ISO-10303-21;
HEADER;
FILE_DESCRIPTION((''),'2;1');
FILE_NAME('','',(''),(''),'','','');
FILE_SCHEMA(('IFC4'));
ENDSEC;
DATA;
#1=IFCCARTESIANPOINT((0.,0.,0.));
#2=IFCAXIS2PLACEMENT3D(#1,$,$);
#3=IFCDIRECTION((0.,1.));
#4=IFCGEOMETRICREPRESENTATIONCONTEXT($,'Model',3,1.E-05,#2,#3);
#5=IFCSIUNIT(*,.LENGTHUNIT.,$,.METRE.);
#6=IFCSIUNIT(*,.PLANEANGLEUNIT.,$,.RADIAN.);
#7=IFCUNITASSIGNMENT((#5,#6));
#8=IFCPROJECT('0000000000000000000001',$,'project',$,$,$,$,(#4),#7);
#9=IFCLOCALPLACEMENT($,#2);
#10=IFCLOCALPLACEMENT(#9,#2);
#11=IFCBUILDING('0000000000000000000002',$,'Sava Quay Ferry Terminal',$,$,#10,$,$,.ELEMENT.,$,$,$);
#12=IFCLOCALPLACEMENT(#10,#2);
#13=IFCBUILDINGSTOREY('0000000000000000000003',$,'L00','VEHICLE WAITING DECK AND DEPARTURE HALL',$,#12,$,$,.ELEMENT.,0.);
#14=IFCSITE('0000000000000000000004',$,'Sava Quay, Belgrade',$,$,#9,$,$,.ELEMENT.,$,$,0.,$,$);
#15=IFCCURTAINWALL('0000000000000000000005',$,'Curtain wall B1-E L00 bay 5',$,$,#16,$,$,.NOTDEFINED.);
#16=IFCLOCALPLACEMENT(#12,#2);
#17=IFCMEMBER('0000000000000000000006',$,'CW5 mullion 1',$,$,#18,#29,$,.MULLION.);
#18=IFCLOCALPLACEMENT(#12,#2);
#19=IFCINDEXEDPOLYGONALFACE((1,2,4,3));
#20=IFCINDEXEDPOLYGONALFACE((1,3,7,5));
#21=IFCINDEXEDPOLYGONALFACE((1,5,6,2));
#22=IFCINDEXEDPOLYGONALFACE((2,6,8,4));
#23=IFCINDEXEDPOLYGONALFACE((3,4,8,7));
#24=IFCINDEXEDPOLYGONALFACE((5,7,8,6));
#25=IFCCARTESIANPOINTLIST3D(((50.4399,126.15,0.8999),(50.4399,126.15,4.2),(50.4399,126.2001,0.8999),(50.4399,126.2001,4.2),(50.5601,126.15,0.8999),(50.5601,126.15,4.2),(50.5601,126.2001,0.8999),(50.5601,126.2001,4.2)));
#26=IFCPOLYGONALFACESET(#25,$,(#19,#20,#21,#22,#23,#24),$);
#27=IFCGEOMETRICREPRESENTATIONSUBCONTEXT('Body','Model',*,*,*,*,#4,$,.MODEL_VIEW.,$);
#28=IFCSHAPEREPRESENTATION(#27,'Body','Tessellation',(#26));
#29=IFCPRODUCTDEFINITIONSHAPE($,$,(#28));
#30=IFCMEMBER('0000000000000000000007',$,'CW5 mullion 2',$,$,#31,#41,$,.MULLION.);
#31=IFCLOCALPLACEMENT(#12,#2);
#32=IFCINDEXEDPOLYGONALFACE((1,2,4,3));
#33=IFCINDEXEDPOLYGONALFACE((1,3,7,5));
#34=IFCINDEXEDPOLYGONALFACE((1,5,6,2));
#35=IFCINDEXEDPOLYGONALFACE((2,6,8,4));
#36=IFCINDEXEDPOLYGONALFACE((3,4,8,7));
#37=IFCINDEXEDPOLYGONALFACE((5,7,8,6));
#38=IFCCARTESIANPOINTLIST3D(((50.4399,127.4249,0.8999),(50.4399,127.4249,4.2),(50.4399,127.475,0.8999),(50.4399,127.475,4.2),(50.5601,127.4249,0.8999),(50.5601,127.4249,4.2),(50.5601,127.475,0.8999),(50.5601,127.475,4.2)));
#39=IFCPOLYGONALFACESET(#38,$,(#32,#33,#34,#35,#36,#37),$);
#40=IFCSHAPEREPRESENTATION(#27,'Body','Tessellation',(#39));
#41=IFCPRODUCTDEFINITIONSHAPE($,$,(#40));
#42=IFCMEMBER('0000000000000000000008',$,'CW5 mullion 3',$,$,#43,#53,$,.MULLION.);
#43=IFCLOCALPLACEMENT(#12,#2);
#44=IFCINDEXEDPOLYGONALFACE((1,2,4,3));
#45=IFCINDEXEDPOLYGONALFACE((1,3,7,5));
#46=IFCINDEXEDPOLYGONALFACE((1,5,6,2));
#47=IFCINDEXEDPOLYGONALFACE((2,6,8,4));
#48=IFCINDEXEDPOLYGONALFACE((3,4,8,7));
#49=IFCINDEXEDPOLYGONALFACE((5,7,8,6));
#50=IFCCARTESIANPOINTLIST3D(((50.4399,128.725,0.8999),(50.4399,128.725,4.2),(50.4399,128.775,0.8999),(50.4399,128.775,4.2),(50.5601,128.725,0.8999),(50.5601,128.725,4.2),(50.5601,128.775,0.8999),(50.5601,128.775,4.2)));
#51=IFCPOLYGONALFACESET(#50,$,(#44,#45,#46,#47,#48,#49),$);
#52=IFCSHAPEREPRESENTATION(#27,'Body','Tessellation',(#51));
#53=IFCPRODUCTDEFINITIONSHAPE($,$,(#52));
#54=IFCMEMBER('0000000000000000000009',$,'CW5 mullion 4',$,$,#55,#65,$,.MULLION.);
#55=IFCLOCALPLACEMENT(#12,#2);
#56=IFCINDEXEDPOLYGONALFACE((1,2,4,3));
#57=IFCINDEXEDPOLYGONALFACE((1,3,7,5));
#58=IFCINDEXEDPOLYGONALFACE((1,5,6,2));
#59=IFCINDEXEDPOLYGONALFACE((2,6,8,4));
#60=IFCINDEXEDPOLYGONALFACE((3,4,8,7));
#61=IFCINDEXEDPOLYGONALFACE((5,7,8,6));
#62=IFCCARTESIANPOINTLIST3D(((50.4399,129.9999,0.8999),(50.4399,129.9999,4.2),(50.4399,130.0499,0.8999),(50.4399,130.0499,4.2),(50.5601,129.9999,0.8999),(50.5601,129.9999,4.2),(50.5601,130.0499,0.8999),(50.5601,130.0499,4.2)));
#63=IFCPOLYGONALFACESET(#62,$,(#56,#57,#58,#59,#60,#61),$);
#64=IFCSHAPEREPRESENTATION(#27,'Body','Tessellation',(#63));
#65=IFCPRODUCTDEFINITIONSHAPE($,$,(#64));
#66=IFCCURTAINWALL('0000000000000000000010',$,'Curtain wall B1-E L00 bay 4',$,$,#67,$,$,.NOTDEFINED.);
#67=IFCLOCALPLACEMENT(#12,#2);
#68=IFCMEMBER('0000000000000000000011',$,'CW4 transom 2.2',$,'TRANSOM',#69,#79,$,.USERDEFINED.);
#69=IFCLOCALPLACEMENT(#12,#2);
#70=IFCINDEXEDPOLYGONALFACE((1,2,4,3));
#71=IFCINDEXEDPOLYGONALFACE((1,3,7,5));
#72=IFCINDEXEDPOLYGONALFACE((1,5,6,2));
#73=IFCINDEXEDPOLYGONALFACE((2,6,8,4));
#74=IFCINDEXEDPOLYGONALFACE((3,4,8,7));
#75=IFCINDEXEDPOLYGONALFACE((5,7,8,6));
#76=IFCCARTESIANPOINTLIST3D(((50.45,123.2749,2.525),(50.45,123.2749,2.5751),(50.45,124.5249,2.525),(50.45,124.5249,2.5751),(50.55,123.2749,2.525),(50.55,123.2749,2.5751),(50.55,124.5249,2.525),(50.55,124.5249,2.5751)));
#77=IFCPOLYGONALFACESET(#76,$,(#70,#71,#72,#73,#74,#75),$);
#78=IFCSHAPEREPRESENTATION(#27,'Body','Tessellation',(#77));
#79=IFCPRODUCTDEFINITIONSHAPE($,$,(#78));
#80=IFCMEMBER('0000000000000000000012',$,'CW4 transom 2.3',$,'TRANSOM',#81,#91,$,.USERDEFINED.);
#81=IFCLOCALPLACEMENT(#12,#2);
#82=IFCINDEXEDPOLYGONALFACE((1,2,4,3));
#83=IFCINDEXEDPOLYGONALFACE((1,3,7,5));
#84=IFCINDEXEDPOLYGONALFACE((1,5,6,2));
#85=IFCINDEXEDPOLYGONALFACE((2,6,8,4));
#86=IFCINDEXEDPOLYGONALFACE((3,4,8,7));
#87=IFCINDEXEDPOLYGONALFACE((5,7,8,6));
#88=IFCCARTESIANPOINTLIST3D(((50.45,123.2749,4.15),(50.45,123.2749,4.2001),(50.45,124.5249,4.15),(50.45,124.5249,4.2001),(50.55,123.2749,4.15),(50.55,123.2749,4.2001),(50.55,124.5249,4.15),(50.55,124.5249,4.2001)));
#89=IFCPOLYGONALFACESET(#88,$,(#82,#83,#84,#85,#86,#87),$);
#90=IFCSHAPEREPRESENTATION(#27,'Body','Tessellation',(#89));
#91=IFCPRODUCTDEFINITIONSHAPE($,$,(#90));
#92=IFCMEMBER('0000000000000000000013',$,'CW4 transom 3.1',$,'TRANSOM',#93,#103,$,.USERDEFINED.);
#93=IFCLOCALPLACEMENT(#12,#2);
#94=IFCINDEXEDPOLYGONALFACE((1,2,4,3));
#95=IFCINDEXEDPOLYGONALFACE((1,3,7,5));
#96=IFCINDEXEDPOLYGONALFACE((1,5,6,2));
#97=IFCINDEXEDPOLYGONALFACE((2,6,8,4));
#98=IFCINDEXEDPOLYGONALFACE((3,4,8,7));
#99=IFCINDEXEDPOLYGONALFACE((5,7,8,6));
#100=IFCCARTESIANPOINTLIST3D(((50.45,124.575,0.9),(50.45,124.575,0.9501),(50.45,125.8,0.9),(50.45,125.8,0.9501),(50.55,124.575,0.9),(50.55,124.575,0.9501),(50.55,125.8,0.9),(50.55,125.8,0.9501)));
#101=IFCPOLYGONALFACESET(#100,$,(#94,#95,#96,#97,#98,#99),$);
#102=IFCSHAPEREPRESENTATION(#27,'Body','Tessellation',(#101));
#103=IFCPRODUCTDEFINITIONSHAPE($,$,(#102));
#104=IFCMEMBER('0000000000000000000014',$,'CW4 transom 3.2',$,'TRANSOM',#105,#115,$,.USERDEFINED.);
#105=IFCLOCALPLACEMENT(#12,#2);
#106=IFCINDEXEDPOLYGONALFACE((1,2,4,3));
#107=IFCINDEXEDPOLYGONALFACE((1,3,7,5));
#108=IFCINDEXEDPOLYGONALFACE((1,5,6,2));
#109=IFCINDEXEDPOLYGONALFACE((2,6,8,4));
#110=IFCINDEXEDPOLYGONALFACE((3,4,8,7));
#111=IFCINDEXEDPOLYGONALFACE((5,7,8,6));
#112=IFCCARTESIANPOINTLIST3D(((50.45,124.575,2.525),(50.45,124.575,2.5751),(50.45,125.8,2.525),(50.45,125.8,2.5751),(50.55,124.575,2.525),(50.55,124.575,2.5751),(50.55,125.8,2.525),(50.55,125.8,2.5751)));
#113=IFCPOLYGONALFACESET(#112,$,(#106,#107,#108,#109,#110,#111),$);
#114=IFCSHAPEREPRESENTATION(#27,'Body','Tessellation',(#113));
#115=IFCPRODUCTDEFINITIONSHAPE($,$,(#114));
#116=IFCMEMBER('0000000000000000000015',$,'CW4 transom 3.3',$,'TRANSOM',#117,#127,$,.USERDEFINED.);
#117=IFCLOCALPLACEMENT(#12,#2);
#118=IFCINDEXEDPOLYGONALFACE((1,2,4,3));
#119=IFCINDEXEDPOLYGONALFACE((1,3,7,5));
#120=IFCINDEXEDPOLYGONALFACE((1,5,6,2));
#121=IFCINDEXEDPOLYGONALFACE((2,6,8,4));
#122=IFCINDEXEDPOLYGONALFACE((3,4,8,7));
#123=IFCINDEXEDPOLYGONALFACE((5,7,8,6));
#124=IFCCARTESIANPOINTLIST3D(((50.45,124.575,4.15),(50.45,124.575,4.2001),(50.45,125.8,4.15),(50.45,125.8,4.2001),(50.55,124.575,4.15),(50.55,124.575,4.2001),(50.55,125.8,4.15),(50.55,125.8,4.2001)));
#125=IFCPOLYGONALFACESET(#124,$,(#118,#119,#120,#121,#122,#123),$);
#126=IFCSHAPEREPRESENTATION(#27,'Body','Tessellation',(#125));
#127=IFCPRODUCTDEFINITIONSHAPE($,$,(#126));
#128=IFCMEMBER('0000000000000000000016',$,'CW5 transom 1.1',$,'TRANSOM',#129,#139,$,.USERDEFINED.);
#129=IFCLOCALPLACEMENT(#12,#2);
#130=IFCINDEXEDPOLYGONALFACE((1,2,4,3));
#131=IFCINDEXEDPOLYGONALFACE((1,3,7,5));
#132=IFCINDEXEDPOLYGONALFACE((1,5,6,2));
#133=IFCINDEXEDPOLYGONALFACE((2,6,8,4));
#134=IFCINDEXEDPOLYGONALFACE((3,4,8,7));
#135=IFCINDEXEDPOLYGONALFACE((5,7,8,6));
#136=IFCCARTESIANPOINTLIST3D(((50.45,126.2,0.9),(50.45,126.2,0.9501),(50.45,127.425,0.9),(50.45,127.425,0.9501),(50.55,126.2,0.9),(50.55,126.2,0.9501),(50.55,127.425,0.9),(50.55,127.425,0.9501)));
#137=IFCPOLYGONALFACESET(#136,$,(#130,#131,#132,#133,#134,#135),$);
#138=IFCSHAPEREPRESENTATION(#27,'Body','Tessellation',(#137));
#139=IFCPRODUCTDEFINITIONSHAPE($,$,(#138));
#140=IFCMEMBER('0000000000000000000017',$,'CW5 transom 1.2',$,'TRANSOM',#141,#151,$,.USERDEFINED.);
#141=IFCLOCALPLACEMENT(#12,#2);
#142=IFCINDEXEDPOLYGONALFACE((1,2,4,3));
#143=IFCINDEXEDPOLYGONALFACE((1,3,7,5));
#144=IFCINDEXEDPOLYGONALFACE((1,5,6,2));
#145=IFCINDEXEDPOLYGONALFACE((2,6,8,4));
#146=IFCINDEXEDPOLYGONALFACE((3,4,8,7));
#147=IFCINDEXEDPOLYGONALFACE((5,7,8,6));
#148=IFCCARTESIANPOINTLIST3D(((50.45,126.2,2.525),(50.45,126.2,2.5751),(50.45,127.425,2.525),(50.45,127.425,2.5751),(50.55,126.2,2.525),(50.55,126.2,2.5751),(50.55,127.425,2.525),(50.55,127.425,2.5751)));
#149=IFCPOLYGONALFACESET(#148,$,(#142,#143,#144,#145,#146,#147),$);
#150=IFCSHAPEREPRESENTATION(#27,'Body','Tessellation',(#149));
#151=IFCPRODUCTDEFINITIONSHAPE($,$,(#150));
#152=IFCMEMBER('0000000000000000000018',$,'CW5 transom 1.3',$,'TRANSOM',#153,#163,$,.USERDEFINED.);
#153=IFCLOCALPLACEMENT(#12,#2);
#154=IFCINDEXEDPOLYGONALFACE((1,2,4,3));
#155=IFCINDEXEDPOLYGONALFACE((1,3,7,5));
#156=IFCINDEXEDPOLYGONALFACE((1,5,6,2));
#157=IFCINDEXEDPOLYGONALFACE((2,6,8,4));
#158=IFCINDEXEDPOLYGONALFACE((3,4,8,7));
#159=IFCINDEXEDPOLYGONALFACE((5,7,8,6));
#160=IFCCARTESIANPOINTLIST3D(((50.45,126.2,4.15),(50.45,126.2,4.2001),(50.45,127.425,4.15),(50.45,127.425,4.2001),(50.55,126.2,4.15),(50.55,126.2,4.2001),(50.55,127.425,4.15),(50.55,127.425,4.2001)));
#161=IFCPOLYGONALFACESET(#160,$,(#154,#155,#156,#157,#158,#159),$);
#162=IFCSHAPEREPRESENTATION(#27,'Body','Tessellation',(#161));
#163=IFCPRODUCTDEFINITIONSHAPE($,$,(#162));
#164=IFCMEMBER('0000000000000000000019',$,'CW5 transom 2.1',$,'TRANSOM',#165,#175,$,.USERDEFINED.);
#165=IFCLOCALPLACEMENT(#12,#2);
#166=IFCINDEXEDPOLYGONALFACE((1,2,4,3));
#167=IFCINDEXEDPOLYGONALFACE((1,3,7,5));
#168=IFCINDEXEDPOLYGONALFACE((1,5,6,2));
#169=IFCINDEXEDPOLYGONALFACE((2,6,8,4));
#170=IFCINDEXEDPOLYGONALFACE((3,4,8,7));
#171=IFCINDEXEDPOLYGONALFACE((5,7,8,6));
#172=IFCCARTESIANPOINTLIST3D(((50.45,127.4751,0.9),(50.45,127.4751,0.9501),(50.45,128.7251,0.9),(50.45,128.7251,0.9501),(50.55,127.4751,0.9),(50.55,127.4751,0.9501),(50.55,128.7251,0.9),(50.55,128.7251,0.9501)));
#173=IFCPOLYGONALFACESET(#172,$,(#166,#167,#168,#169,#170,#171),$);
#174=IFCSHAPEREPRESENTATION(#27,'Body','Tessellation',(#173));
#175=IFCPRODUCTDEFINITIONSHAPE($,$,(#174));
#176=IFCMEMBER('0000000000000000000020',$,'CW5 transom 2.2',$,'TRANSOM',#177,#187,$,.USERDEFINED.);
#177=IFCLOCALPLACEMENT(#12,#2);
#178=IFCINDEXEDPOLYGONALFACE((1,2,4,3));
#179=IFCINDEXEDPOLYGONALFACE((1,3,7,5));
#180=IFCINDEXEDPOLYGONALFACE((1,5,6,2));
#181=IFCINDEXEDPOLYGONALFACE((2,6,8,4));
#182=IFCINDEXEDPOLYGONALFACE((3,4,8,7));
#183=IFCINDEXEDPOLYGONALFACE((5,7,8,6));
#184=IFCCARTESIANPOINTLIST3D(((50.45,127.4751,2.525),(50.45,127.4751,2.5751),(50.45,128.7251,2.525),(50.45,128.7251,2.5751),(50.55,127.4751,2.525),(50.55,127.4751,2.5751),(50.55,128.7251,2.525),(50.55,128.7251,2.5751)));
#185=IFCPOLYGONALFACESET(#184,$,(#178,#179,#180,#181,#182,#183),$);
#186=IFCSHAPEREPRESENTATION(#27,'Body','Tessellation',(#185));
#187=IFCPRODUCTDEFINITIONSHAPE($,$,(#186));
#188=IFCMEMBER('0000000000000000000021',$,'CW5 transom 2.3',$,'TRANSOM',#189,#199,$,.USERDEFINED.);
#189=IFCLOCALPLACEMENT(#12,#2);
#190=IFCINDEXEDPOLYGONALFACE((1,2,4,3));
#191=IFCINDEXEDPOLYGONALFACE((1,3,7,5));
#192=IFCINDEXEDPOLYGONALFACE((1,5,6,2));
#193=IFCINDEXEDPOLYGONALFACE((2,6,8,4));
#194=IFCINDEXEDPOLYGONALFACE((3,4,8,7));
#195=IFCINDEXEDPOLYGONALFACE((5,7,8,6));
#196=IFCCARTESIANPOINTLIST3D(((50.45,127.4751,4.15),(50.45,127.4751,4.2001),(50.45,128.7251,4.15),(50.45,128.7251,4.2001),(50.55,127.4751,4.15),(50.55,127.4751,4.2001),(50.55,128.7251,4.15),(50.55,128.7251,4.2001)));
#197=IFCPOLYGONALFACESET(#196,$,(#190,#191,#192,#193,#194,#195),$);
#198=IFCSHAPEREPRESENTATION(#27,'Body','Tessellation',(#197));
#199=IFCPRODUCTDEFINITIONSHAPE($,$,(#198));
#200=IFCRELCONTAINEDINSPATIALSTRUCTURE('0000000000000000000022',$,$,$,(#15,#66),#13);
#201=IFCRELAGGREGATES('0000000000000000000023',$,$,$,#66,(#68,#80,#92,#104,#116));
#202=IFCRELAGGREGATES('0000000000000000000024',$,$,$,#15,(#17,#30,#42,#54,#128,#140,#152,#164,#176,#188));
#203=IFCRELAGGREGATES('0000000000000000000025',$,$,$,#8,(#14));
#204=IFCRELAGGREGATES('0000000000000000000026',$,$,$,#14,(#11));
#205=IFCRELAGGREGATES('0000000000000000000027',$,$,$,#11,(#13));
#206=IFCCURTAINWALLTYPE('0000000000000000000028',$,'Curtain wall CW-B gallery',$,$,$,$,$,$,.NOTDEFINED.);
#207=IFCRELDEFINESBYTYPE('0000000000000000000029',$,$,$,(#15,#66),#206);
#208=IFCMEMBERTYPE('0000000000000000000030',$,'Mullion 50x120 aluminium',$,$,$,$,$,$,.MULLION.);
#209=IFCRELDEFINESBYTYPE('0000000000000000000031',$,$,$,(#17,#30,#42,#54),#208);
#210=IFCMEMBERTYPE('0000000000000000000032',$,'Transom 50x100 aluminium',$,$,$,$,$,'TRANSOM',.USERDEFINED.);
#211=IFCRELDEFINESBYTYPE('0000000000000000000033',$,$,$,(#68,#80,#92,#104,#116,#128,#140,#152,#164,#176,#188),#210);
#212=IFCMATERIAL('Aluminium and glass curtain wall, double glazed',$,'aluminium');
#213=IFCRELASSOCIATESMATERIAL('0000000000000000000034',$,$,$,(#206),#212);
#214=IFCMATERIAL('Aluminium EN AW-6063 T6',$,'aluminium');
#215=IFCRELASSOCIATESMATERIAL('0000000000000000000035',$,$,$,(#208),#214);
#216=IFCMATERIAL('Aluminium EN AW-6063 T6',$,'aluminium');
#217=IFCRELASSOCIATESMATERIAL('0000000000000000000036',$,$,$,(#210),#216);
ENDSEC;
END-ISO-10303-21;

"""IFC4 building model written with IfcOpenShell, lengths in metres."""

from ifc_helpers import new_model, si_unit, direction, frame, origin, origin_2d, place, context, subcontext, project, spatial, rectangle, extrude, material, material_profile, profile_set, type_object, element, aggregate, save


model = new_model("IFC4")

# Units and contexts
model_context = context("Model", 3, precision=1e-05, world=origin(), true_north=direction((0.0, 1.0)))
body_context = subcontext(model_context, "Body", "Model", "MODEL_VIEW")
ifc_project = project(units=[si_unit("LENGTHUNIT", "METRE"), si_unit("PLANEANGLEUNIT", "RADIAN")], contexts=[model_context])

# Site, building, storey
site_placement = place(None, origin())
site = spatial("IfcSite", under=ifc_project, at=site_placement, Name="Sava Quay, Belgrade", CompositionType="ELEMENT", RefElevation=0.0)
building_placement = place(site_placement, origin())
building = spatial("IfcBuilding", under=site, at=building_placement, Name="Sava Quay Ferry Terminal", CompositionType="ELEMENT")
storey_placement = place(building_placement, origin())
storey = spatial("IfcBuildingStorey", under=building, at=storey_placement, Name="L00", Description="VEHICLE WAITING DECK AND DEPARTURE HALL", CompositionType="ELEMENT", Elevation=0.0)

# Curtain walls, members
ifc_material_1 = material(Name="Aluminium and glass curtain wall, double glazed", Category="aluminium")
curtain_wall_type = type_object("IfcCurtainWallType", Name="Curtain wall CW-B gallery", PredefinedType="NOTDEFINED", material=ifc_material_1)
curtain_wall_1_placement = place(storey_placement, origin())
curtain_wall_1 = element("IfcCurtainWall", 1, at=curtain_wall_1_placement, inside=storey, type_object=curtain_wall_type, Name="Curtain wall B1-E L00 bay 5", PredefinedType="NOTDEFINED")
ifc_material_2 = material(Name="Aluminium EN AW-6063 T6", Category="aluminium")
ifc_material_profile_1 = material_profile(ifc_material_2, rectangle(XDim=0.1201, YDim=0.05, at=origin_2d()), Name="Mullion 50x120 aluminium")
ifc_profile_set_1 = profile_set([ifc_material_profile_1], Name="Aluminium EN AW-6063 T6")
member_type_1 = type_object("IfcMemberType", Name="Mullion 50x120 aluminium", PredefinedType="MULLION", material=ifc_profile_set_1)
member_1_placement = place(storey_placement, frame((50.5, 126.175, 0.8999), z_axis=(0.0, 0.0, 1.0), x_axis=(-1.0, 0.0, 0.0)))
member_1 = element("IfcMember", 2, at=member_1_placement, type_object=member_type_1, Name="CW5 mullion 1", PredefinedType="MULLION", context=body_context, shape_type="SweptSolid", body=[
    extrude(rectangle(XDim=0.1201, YDim=0.05, at=origin_2d()), origin(), (0.0, 0.0, 1.0), 3.3),
])
member_2_placement = place(storey_placement, frame((50.5, 127.45, 0.8999), z_axis=(0.0, 0.0, 1.0), x_axis=(-1.0, 0.0, 0.0)))
member_2 = element("IfcMember", 3, at=member_2_placement, type_object=member_type_1, Name="CW5 mullion 2", PredefinedType="MULLION", context=body_context, shape_type="SweptSolid", body=[
    extrude(rectangle(XDim=0.1201, YDim=0.05, at=origin_2d()), origin(), (0.0, 0.0, 1.0), 3.3),
])
member_3_placement = place(storey_placement, frame((50.5, 128.75, 0.8999), z_axis=(0.0, 0.0, 1.0), x_axis=(-1.0, 0.0, 0.0)))
member_3 = element("IfcMember", 4, at=member_3_placement, type_object=member_type_1, Name="CW5 mullion 3", PredefinedType="MULLION", context=body_context, shape_type="SweptSolid", body=[
    extrude(rectangle(XDim=0.1201, YDim=0.05, at=origin_2d()), origin(), (0.0, 0.0, 1.0), 3.3),
])
member_4_placement = place(storey_placement, frame((50.5, 130.0249, 0.8999), z_axis=(0.0, 0.0, 1.0), x_axis=(-1.0, 0.0, 0.0)))
member_4 = element("IfcMember", 5, at=member_4_placement, type_object=member_type_1, Name="CW5 mullion 4", PredefinedType="MULLION", context=body_context, shape_type="SweptSolid", body=[
    extrude(rectangle(XDim=0.1201, YDim=0.05, at=origin_2d()), origin(), (0.0, 0.0, 1.0), 3.3),
])
curtain_wall_2_placement = place(storey_placement, origin())
curtain_wall_2 = element("IfcCurtainWall", 6, at=curtain_wall_2_placement, inside=storey, type_object=curtain_wall_type, Name="Curtain wall B1-E L00 bay 4", PredefinedType="NOTDEFINED")
ifc_material_3 = material(Name="Aluminium EN AW-6063 T6", Category="aluminium")
ifc_material_profile_2 = material_profile(ifc_material_3, rectangle(XDim=0.1001, YDim=0.05, at=origin_2d()), Name="Transom 50x100 aluminium")
ifc_profile_set_2 = profile_set([ifc_material_profile_2], Name="Aluminium EN AW-6063 T6")
member_type_2 = type_object("IfcMemberType", Name="Transom 50x100 aluminium", ElementType="TRANSOM", PredefinedType="USERDEFINED", material=ifc_profile_set_2)
member_5_placement = place(storey_placement, frame((50.5, 123.2749, 2.55), z_axis=(0.0, 1.0, 0.0), x_axis=(-1.0, 0.0, 0.0)))
member_5 = element("IfcMember", 7, at=member_5_placement, type_object=member_type_2, Name="CW4 transom 2.2", ObjectType="TRANSOM", PredefinedType="USERDEFINED", context=body_context, shape_type="SweptSolid", body=[
    extrude(rectangle(XDim=0.1001, YDim=0.05, at=origin_2d()), origin(), (0.0, 0.0, 1.0), 1.25),
])
member_6_placement = place(storey_placement, frame((50.5, 123.2749, 4.175), z_axis=(0.0, 1.0, 0.0), x_axis=(-1.0, 0.0, 0.0)))
member_6 = element("IfcMember", 8, at=member_6_placement, type_object=member_type_2, Name="CW4 transom 2.3", ObjectType="TRANSOM", PredefinedType="USERDEFINED", context=body_context, shape_type="SweptSolid", body=[
    extrude(rectangle(XDim=0.1001, YDim=0.05, at=origin_2d()), origin(), (0.0, 0.0, 1.0), 1.25),
])
member_7_placement = place(storey_placement, frame((50.5, 124.575, 0.925), z_axis=(0.0, 1.0, 0.0), x_axis=(-1.0, 0.0, 0.0)))
member_7 = element("IfcMember", 9, at=member_7_placement, type_object=member_type_2, Name="CW4 transom 3.1", ObjectType="TRANSOM", PredefinedType="USERDEFINED", context=body_context, shape_type="SweptSolid", body=[
    extrude(rectangle(XDim=0.1001, YDim=0.05, at=origin_2d()), origin(), (0.0, 0.0, 1.0), 1.2251),
])
member_8_placement = place(storey_placement, frame((50.5, 124.575, 2.55), z_axis=(0.0, 1.0, 0.0), x_axis=(-1.0, 0.0, 0.0)))
member_8 = element("IfcMember", 10, at=member_8_placement, type_object=member_type_2, Name="CW4 transom 3.2", ObjectType="TRANSOM", PredefinedType="USERDEFINED", context=body_context, shape_type="SweptSolid", body=[
    extrude(rectangle(XDim=0.1001, YDim=0.05, at=origin_2d()), origin(), (0.0, 0.0, 1.0), 1.2251),
])
member_9_placement = place(storey_placement, frame((50.5, 124.575, 4.175), z_axis=(0.0, 1.0, 0.0), x_axis=(-1.0, 0.0, 0.0)))
member_9 = element("IfcMember", 11, at=member_9_placement, type_object=member_type_2, Name="CW4 transom 3.3", ObjectType="TRANSOM", PredefinedType="USERDEFINED", context=body_context, shape_type="SweptSolid", body=[
    extrude(rectangle(XDim=0.1001, YDim=0.05, at=origin_2d()), origin(), (0.0, 0.0, 1.0), 1.2251),
])

# Members
member_10_placement = place(storey_placement, frame((50.5, 126.2, 0.925), z_axis=(0.0, 1.0, 0.0), x_axis=(-1.0, 0.0, 0.0)))
member_10 = element("IfcMember", 12, at=member_10_placement, type_object=member_type_2, Name="CW5 transom 1.1", ObjectType="TRANSOM", PredefinedType="USERDEFINED", context=body_context, shape_type="SweptSolid", body=[
    extrude(rectangle(XDim=0.1001, YDim=0.05, at=origin_2d()), origin(), (0.0, 0.0, 1.0), 1.2251),
])
member_11_placement = place(storey_placement, frame((50.5, 126.2, 2.55), z_axis=(0.0, 1.0, 0.0), x_axis=(-1.0, 0.0, 0.0)))
member_11 = element("IfcMember", 13, at=member_11_placement, type_object=member_type_2, Name="CW5 transom 1.2", ObjectType="TRANSOM", PredefinedType="USERDEFINED", context=body_context, shape_type="SweptSolid", body=[
    extrude(rectangle(XDim=0.1001, YDim=0.05, at=origin_2d()), origin(), (0.0, 0.0, 1.0), 1.2251),
])
member_12_placement = place(storey_placement, frame((50.5, 126.2, 4.175), z_axis=(0.0, 1.0, 0.0), x_axis=(-1.0, 0.0, 0.0)))
member_12 = element("IfcMember", 14, at=member_12_placement, type_object=member_type_2, Name="CW5 transom 1.3", ObjectType="TRANSOM", PredefinedType="USERDEFINED", context=body_context, shape_type="SweptSolid", body=[
    extrude(rectangle(XDim=0.1001, YDim=0.05, at=origin_2d()), origin(), (0.0, 0.0, 1.0), 1.2251),
])
member_13_placement = place(storey_placement, frame((50.5, 127.4751, 0.925), z_axis=(0.0, 1.0, 0.0), x_axis=(-1.0, 0.0, 0.0)))
member_13 = element("IfcMember", 15, at=member_13_placement, type_object=member_type_2, Name="CW5 transom 2.1", ObjectType="TRANSOM", PredefinedType="USERDEFINED", context=body_context, shape_type="SweptSolid", body=[
    extrude(rectangle(XDim=0.1001, YDim=0.05, at=origin_2d()), origin(), (0.0, 0.0, 1.0), 1.25),
])
member_14_placement = place(storey_placement, frame((50.5, 127.4751, 2.55), z_axis=(0.0, 1.0, 0.0), x_axis=(-1.0, 0.0, 0.0)))
member_14 = element("IfcMember", 16, at=member_14_placement, type_object=member_type_2, Name="CW5 transom 2.2", ObjectType="TRANSOM", PredefinedType="USERDEFINED", context=body_context, shape_type="SweptSolid", body=[
    extrude(rectangle(XDim=0.1001, YDim=0.05, at=origin_2d()), origin(), (0.0, 0.0, 1.0), 1.25),
])
member_15_placement = place(storey_placement, frame((50.5, 127.4751, 4.175), z_axis=(0.0, 1.0, 0.0), x_axis=(-1.0, 0.0, 0.0)))
member_15 = element("IfcMember", 17, at=member_15_placement, type_object=member_type_2, Name="CW5 transom 2.3", ObjectType="TRANSOM", PredefinedType="USERDEFINED", context=body_context, shape_type="SweptSolid", body=[
    extrude(rectangle(XDim=0.1001, YDim=0.05, at=origin_2d()), origin(), (0.0, 0.0, 1.0), 1.25),
])

aggregate(curtain_wall_2, [member_5, member_6, member_7, member_8, member_9])
aggregate(curtain_wall_1, [member_1, member_2, member_3, member_4, member_10, member_11, member_12, member_13, member_14, member_15])

save(model, "model.ifc")
